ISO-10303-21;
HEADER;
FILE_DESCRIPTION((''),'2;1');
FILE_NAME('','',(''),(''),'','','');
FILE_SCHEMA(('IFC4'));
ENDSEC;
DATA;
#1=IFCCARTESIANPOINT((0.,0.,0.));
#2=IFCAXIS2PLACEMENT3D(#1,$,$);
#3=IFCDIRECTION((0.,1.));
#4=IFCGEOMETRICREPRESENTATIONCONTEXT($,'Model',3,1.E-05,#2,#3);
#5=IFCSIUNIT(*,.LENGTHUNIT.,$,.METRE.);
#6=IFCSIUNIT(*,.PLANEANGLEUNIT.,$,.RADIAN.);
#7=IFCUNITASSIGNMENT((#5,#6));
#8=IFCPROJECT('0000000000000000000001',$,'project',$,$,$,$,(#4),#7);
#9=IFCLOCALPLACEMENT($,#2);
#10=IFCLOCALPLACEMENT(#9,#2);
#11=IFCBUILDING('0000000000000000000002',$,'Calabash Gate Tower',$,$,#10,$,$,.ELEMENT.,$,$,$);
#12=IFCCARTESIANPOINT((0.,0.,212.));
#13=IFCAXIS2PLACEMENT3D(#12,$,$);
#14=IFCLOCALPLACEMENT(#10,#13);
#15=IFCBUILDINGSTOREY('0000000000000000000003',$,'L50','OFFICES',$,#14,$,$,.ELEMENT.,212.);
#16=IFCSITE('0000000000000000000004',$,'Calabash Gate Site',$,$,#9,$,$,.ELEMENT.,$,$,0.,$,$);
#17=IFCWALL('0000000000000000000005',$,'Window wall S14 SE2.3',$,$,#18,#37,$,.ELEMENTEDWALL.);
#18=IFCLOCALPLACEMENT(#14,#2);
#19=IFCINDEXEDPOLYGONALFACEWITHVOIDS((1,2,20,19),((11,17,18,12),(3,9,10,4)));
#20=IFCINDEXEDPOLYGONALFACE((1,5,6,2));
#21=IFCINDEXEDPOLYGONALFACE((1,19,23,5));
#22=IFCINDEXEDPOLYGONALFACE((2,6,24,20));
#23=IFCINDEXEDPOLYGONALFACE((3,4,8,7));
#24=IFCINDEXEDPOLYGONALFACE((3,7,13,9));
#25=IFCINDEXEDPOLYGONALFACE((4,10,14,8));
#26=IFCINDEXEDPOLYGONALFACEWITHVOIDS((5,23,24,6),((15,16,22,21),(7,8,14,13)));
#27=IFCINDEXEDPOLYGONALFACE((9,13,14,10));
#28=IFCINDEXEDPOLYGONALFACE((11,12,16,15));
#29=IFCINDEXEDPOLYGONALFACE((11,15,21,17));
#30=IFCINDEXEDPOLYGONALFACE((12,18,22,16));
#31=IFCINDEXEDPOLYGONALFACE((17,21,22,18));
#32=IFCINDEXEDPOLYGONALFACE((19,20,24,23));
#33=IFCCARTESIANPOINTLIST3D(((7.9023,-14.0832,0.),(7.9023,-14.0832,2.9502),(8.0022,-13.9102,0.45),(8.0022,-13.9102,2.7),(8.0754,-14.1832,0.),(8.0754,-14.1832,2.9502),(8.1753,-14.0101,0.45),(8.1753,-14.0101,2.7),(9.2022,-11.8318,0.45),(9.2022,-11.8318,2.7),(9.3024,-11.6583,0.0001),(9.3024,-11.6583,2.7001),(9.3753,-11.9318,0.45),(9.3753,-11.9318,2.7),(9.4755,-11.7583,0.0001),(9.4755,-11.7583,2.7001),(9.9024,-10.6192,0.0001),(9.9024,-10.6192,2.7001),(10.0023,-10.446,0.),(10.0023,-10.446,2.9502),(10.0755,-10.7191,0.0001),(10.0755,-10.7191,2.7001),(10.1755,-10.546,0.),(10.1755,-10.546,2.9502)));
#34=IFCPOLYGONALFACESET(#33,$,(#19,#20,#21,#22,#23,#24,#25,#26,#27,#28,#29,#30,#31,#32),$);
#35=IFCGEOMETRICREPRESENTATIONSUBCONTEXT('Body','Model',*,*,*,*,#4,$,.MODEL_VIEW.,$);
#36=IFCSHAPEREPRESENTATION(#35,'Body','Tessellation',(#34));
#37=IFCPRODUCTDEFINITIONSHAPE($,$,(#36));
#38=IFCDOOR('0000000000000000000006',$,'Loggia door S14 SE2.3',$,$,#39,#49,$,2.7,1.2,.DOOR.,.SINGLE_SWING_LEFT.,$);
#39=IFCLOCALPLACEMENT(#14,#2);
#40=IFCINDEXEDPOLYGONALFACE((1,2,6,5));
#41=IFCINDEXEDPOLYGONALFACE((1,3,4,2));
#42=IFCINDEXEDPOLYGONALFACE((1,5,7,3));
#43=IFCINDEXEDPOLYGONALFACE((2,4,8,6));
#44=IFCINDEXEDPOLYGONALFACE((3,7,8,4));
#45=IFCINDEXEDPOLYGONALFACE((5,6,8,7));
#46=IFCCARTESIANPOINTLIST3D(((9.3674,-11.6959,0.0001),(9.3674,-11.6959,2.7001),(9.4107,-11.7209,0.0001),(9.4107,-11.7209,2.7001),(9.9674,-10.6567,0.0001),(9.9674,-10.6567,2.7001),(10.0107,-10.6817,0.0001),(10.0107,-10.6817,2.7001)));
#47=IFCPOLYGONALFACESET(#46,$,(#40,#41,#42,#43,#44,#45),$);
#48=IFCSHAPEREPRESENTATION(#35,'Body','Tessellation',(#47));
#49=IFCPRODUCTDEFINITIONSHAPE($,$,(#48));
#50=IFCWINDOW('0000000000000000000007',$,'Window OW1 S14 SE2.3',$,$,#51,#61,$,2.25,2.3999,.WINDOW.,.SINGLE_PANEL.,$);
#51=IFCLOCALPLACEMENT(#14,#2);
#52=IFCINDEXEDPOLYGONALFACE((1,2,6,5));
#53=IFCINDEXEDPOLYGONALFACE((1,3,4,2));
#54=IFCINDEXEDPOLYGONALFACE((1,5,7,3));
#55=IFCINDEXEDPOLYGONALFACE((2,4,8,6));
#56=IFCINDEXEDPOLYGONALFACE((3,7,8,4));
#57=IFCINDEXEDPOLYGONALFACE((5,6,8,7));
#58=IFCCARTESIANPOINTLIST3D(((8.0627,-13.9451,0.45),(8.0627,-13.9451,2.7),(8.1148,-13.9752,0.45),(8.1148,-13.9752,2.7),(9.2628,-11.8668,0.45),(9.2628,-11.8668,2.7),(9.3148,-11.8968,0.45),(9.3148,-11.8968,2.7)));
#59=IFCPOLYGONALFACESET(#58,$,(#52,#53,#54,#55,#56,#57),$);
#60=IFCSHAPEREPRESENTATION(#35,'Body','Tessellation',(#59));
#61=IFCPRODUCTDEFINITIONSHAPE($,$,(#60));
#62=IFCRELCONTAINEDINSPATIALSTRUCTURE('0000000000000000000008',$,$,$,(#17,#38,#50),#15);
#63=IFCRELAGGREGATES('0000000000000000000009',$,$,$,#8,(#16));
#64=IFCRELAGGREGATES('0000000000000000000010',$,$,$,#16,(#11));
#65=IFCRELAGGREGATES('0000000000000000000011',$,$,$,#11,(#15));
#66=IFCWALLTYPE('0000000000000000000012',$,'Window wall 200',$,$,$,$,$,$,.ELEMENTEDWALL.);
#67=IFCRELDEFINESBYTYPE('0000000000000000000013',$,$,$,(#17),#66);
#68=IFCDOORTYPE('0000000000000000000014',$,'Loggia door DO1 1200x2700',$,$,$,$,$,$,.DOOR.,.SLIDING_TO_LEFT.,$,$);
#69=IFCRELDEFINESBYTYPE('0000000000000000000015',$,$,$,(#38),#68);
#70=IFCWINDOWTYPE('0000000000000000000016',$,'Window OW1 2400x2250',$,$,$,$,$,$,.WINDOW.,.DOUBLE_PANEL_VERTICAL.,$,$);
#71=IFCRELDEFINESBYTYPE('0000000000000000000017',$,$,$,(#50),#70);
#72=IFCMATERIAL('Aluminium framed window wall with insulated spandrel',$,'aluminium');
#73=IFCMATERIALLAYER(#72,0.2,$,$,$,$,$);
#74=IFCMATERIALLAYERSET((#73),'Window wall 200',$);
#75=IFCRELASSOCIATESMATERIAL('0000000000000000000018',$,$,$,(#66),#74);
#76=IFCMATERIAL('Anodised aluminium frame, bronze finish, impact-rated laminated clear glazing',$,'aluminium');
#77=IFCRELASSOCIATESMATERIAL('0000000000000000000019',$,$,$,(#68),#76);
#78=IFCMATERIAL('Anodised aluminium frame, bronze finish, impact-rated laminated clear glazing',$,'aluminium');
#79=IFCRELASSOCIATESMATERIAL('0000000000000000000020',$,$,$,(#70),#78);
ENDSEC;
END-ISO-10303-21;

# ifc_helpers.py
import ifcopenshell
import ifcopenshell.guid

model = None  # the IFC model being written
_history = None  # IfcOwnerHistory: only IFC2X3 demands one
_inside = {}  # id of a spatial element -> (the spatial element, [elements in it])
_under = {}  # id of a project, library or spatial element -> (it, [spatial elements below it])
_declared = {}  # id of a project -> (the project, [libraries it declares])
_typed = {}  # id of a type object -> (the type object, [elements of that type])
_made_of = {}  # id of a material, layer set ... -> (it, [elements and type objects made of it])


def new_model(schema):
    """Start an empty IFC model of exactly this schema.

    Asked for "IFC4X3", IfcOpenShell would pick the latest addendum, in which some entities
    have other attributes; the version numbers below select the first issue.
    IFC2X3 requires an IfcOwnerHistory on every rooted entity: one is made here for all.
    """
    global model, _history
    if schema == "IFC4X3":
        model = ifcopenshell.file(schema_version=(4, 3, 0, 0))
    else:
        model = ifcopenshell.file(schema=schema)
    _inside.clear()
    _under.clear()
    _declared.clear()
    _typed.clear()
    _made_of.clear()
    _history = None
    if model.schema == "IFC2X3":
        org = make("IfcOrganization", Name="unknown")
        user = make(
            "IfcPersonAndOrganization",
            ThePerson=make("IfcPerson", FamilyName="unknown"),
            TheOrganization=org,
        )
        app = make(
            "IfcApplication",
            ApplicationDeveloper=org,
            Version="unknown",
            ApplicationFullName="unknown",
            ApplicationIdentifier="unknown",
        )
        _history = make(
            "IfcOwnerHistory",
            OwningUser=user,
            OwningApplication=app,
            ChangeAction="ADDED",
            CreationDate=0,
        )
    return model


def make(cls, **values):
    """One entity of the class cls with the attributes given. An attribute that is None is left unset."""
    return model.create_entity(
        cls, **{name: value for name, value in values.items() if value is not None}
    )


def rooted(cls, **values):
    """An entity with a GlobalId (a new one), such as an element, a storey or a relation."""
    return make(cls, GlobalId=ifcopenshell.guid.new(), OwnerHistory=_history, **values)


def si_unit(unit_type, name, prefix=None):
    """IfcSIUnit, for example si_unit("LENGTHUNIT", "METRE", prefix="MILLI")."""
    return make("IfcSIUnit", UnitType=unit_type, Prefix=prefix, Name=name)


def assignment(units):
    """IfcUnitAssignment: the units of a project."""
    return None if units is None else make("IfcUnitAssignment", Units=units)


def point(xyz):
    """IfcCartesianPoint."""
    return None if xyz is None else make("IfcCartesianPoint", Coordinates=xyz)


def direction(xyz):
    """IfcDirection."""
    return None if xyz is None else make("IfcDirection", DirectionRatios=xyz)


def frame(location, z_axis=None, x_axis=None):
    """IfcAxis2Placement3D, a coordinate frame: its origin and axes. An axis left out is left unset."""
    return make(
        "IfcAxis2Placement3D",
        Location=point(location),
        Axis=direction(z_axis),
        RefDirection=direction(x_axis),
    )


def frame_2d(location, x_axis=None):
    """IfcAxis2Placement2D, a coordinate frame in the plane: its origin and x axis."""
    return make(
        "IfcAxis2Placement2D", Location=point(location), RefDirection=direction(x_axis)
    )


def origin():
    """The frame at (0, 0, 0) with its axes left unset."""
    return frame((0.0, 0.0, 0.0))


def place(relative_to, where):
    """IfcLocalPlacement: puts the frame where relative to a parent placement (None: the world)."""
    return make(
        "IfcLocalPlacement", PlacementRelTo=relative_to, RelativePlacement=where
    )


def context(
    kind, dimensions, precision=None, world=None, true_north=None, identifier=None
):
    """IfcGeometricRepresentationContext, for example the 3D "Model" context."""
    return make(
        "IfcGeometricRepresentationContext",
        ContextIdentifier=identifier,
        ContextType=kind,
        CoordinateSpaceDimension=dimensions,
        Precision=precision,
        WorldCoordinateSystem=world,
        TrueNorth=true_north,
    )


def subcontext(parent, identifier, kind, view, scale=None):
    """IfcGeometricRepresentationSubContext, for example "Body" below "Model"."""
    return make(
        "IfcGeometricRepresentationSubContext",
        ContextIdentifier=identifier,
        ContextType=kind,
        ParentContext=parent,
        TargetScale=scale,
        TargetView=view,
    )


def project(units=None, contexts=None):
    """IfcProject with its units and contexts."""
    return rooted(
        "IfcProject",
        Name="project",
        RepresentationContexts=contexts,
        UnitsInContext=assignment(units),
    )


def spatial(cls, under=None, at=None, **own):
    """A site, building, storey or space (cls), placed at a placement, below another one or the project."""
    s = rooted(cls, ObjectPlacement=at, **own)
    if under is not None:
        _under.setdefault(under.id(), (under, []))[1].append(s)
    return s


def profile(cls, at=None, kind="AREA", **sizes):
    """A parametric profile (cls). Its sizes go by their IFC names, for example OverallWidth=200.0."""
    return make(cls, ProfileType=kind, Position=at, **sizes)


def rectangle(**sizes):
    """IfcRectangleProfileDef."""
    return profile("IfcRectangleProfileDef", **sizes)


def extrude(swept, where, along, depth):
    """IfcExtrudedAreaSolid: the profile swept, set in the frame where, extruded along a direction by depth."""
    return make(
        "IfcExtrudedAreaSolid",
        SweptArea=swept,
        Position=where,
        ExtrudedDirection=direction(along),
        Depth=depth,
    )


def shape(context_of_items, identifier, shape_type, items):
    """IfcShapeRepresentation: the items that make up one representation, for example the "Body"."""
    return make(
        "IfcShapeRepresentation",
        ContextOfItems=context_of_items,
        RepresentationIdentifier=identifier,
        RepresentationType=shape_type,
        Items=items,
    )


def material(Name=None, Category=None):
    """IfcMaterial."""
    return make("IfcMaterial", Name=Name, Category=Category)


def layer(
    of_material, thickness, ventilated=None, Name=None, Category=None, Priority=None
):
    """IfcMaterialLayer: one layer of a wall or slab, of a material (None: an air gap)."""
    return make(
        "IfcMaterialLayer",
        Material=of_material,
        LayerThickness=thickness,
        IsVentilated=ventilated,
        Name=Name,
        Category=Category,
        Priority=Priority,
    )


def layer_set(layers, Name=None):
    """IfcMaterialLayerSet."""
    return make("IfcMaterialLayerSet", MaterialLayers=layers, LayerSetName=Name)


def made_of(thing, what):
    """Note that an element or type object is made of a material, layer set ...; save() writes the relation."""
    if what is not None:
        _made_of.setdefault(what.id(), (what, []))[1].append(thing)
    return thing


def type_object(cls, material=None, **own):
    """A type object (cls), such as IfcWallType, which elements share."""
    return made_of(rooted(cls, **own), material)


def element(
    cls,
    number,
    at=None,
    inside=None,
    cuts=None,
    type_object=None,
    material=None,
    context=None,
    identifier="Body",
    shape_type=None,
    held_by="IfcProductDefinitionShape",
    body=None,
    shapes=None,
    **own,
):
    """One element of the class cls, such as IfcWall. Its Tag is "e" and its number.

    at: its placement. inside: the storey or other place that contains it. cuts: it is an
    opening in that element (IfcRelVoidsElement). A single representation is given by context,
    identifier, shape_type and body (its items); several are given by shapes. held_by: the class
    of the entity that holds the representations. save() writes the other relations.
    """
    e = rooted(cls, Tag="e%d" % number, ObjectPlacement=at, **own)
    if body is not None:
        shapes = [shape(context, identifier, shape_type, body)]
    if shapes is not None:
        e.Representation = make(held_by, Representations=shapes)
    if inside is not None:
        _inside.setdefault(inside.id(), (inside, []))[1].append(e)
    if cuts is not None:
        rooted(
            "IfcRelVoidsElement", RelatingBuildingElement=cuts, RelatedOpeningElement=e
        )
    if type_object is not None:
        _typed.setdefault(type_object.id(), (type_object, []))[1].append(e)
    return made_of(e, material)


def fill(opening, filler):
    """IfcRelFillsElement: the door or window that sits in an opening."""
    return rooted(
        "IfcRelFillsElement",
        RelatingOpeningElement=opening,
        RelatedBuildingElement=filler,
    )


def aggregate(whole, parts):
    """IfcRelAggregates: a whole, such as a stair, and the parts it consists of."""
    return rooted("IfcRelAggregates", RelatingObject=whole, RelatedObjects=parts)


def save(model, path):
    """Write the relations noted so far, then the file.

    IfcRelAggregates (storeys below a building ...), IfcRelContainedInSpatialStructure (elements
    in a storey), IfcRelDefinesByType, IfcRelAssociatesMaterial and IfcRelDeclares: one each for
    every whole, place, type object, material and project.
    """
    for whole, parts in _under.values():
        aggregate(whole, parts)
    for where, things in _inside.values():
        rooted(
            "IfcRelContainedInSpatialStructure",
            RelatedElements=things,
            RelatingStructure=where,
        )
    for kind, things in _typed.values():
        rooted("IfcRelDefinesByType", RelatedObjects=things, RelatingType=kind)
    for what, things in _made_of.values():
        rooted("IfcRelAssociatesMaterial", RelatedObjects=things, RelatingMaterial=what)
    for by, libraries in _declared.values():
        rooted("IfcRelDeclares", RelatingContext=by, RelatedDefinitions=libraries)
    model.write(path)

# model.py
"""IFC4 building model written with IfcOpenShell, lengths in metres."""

from ifc_helpers import new_model, si_unit, direction, frame, frame_2d, origin, place, context, subcontext, project, spatial, rectangle, extrude, material, layer, layer_set, type_object, element, fill, save


model = new_model("IFC4")

# Units and contexts
model_context = context("Model", 3, precision=1e-05, world=origin(), true_north=direction((0.0, 1.0)))
body_context = subcontext(model_context, "Body", "Model", "MODEL_VIEW")
ifc_project = project(units=[si_unit("LENGTHUNIT", "METRE"), si_unit("PLANEANGLEUNIT", "RADIAN")], contexts=[model_context])

# Site, building, storey
site_placement = place(None, origin())
site = spatial("IfcSite", under=ifc_project, at=site_placement, Name="Calabash Gate Site", CompositionType="ELEMENT", RefElevation=0.0)
building_placement = place(site_placement, origin())
building = spatial("IfcBuilding", under=site, at=building_placement, Name="Calabash Gate Tower", CompositionType="ELEMENT")
storey_placement = place(building_placement, frame((0.0, 0.0, 212.0)))
storey = spatial("IfcBuildingStorey", under=building, at=storey_placement, Name="L50", Description="OFFICES", CompositionType="ELEMENT", Elevation=212.0)

# Shared definitions
ifc_material_1 = material(Name="Aluminium framed window wall with insulated spandrel", Category="aluminium")
ifc_layer_1 = layer(ifc_material_1, 0.2)
ifc_layer_set_1 = layer_set([ifc_layer_1], Name="Window wall 200")
wall_type_1 = type_object("IfcWallType", Name="Window wall 200", PredefinedType="ELEMENTEDWALL", material=ifc_layer_set_1)
ifc_material_2 = material(Name="Anodised aluminium frame, bronze finish, impact-rated laminated clear glazing", Category="aluminium")
door_type = type_object("IfcDoorType", Name="Loggia door DO1 1200x2700", OperationType="SLIDING_TO_LEFT", PredefinedType="DOOR", material=ifc_material_2)
ifc_material_3 = material(Name="Anodised aluminium frame, bronze finish, impact-rated laminated clear glazing", Category="aluminium")
window_type_1 = type_object("IfcWindowType", Name="Window OW1 2400x2250", PartitioningType="DOUBLE_PANEL_VERTICAL", PredefinedType="WINDOW", material=ifc_material_3)

# Wall, openings, door, window
wall_1_placement = place(storey_placement, frame((7.9888, -14.1333, 0.0), z_axis=(0.0, 0.0, 1.0), x_axis=(0.500028, 0.866009, 0.0)))
wall_1 = element("IfcWall", 1, at=wall_1_placement, inside=storey, type_object=wall_type_1, Name="Window wall S14 SE2.3", PredefinedType="ELEMENTEDWALL", context=body_context, shape_type="SweptSolid", body=[
    extrude(rectangle(XDim=4.2, YDim=0.2, at=frame_2d((2.1001, 0.0))), origin(), (0.0, 0.0, 1.0), 2.9502),
])
opening_1_placement = place(wall_1_placement, frame((0.2, 0.0, 0.45)))
opening_1 = element("IfcOpeningElement", 2, at=opening_1_placement, cuts=wall_1, PredefinedType="OPENING", context=body_context, shape_type="SweptSolid", body=[
    extrude(rectangle(XDim=2.3999, YDim=2.25, at=frame_2d((1.2, 1.125))), frame((0.0, 0.1099, 0.0), z_axis=(0.0, -1.0, 0.0), x_axis=(1.0, 0.0, 0.0)), (0.0, 0.0, 1.0), 0.22),
])
opening_2_placement = place(wall_1_placement, frame((2.8, 0.0, 0.0)))
opening_2 = element("IfcOpeningElement", 3, at=opening_2_placement, cuts=wall_1, PredefinedType="OPENING", context=body_context, shape_type="SweptSolid", body=[
    extrude(rectangle(XDim=1.2, YDim=2.7, at=frame_2d((0.6001, 1.3501))), frame((0.0, 0.1099, 0.0), z_axis=(0.0, -1.0, 0.0), x_axis=(1.0, 0.0, 0.0)), (0.0, 0.0, 1.0), 0.22),
])
door_1_placement = place(opening_2_placement, origin())
door_1 = element("IfcDoor", 4, at=door_1_placement, inside=storey, type_object=door_type, Name="Loggia door S14 SE2.3", OperationType="SINGLE_SWING_LEFT", OverallHeight=2.7, OverallWidth=1.2, PredefinedType="DOOR", context=body_context, shape_type="SweptSolid", body=[
    extrude(rectangle(XDim=1.2, YDim=2.7, at=frame_2d((0.6001, 1.3501))), frame((0.0, 0.0249, 0.0), z_axis=(0.0, -1.0, 0.0), x_axis=(1.0, 0.0, 0.0)), (0.0, 0.0, 1.0), 0.05),
])
fill(opening_2, door_1)
window_1_placement = place(opening_1_placement, origin())
window_1 = element("IfcWindow", 5, at=window_1_placement, inside=storey, type_object=window_type_1, Name="Window OW1 S14 SE2.3", OverallHeight=2.25, OverallWidth=2.3999, PartitioningType="SINGLE_PANEL", PredefinedType="WINDOW", context=body_context, shape_type="SweptSolid", body=[
    extrude(rectangle(XDim=2.3999, YDim=2.25, at=frame_2d((1.2, 1.125))), frame((0.0, 0.03, 0.0), z_axis=(0.0, -1.0, 0.0), x_axis=(1.0, 0.0, 0.0)), (0.0, 0.0, 1.0), 0.0601),
])
fill(opening_1, window_1)

save(model, "model.ifc")
